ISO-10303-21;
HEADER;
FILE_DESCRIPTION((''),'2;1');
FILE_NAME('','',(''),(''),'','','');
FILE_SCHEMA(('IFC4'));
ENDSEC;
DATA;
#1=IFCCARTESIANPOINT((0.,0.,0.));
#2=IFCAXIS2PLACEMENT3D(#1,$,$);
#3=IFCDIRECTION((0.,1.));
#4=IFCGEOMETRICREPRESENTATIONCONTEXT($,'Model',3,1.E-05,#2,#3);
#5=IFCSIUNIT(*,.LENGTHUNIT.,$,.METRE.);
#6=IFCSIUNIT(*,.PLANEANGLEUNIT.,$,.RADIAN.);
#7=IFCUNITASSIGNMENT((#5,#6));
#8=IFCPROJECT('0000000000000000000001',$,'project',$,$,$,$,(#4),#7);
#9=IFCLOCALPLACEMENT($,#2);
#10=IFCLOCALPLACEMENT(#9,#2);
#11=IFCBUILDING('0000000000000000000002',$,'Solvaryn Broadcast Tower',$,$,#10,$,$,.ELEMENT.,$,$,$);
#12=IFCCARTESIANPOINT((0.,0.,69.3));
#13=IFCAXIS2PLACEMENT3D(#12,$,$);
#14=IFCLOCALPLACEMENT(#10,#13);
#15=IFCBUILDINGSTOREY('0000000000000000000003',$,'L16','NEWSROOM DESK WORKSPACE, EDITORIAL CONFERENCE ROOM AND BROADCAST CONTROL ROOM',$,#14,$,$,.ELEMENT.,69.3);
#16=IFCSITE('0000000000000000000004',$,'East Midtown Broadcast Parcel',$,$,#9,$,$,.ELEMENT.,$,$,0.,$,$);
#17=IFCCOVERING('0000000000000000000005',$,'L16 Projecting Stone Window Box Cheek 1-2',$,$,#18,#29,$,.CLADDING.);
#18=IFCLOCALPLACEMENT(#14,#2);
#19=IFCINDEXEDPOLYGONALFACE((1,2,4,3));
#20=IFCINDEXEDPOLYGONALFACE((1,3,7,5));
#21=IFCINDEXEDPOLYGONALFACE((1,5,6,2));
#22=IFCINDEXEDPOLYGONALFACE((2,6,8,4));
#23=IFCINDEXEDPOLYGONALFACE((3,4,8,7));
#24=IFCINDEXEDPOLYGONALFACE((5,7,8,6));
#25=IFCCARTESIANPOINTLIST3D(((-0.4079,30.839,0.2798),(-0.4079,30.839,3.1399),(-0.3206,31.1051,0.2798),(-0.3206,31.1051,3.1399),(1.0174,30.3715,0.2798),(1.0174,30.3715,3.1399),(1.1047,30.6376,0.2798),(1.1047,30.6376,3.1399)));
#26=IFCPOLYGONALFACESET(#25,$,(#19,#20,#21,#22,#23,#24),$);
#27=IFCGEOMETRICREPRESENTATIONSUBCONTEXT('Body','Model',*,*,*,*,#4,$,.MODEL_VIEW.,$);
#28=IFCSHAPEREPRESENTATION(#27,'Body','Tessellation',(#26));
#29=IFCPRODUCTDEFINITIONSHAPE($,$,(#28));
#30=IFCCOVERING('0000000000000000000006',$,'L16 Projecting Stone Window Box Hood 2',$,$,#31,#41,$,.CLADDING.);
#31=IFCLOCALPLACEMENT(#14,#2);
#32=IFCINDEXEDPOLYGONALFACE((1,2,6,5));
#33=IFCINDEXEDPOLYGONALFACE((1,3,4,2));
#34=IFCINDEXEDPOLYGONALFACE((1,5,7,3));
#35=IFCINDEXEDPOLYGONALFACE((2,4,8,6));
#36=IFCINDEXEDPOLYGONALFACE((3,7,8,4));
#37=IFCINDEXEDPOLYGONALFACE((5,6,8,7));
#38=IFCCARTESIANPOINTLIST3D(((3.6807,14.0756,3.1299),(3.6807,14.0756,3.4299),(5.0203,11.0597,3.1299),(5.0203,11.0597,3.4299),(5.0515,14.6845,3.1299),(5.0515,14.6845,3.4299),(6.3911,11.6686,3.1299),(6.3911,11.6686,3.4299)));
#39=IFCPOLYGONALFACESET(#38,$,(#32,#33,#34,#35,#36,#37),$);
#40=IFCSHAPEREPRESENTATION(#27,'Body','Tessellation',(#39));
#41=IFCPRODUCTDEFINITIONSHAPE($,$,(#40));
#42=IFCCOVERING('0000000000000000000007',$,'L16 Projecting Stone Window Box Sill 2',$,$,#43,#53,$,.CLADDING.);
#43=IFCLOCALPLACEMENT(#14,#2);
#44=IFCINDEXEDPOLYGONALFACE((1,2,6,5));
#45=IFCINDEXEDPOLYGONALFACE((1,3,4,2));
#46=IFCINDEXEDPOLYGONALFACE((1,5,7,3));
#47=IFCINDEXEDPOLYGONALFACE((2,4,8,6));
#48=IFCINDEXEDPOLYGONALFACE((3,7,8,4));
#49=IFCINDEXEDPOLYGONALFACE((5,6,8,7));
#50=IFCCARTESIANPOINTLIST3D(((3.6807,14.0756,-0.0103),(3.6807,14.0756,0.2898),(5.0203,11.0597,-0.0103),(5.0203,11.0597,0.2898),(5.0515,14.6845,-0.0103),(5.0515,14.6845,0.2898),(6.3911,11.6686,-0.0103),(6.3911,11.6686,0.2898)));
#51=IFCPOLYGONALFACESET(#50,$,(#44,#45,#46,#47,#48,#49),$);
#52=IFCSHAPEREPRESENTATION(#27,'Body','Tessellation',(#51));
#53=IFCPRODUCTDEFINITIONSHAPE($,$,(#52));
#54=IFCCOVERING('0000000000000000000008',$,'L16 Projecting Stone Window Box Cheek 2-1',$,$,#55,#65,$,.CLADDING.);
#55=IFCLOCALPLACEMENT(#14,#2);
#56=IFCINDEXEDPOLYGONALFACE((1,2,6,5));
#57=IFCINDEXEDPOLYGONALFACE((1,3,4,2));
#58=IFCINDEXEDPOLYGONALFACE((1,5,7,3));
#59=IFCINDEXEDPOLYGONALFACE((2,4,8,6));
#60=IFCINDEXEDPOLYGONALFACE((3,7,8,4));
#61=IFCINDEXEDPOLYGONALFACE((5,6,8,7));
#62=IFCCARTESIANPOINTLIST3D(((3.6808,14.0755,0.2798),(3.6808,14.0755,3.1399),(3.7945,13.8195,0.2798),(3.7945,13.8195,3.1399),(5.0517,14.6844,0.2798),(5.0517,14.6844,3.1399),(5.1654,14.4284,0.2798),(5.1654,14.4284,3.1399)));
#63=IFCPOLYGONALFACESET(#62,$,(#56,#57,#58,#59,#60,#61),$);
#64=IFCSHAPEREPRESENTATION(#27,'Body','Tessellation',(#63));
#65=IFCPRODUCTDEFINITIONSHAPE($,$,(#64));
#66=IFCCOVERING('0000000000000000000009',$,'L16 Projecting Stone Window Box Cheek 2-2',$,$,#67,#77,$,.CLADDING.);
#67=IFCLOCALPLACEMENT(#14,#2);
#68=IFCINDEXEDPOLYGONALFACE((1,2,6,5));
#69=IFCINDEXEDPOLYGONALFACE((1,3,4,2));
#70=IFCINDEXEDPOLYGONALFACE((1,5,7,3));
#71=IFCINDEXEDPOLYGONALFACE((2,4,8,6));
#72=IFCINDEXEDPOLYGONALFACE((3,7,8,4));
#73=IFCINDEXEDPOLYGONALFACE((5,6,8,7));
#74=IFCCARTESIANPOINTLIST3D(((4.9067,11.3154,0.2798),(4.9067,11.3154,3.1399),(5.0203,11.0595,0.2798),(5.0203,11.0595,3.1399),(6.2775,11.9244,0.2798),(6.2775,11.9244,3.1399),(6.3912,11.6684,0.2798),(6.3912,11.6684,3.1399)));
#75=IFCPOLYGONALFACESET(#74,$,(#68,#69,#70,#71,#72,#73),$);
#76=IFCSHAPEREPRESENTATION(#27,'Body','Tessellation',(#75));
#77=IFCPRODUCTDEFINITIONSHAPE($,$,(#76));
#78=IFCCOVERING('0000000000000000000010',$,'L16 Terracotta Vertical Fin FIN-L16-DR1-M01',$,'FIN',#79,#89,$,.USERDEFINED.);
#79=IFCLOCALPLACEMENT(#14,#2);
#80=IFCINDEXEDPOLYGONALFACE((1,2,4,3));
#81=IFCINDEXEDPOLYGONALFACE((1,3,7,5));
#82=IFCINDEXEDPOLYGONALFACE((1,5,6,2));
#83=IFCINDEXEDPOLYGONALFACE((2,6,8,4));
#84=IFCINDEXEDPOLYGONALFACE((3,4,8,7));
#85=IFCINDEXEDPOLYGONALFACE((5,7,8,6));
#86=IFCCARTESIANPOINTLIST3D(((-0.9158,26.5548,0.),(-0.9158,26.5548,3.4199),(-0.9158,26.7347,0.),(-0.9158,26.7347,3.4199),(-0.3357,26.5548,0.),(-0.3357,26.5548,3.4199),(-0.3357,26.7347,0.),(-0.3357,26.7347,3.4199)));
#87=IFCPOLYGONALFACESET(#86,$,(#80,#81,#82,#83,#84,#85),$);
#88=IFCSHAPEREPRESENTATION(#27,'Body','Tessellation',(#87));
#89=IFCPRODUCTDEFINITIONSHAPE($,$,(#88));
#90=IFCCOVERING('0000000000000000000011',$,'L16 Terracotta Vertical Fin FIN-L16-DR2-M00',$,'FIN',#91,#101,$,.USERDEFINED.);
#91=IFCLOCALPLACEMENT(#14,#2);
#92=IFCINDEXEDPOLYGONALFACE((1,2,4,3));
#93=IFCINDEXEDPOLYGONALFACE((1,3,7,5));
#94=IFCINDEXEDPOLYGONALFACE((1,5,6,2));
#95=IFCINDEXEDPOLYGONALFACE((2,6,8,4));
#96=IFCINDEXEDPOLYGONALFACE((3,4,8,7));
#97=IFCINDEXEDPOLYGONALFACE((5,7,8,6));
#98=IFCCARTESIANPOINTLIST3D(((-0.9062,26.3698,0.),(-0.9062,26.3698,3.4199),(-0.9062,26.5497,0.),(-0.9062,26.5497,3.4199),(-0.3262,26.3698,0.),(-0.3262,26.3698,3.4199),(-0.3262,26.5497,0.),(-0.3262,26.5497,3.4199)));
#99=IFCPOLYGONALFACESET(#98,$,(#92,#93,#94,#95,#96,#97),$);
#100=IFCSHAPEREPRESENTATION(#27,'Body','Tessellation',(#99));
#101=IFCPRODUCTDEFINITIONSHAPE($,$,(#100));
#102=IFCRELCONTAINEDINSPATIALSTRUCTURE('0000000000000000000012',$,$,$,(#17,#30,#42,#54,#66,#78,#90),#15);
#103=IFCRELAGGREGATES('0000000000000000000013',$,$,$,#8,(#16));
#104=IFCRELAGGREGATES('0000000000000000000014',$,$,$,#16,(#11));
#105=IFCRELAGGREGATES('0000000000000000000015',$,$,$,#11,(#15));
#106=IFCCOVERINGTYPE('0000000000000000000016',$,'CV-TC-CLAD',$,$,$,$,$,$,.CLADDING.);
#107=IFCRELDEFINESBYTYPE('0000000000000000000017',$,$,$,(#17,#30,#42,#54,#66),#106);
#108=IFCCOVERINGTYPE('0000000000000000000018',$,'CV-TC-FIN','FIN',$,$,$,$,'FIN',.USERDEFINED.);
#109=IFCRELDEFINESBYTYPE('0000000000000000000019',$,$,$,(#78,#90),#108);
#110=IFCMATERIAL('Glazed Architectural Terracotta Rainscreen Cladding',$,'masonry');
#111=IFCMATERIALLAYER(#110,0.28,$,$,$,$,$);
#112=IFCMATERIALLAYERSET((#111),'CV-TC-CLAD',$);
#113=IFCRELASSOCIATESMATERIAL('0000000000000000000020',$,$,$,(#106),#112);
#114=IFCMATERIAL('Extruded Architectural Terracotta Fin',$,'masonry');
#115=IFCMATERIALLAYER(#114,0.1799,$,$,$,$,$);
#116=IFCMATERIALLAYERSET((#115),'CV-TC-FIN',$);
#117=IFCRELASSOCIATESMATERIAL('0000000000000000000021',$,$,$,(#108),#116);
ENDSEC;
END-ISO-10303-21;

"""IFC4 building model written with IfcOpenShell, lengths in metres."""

from ifc_helpers import new_model, si_unit, direction, frame, origin, origin_2d, place, context, subcontext, project, spatial, rectangle, extrude, material, layer, layer_set, type_object, element, save


model = new_model("IFC4")

# Units and contexts
model_context = context("Model", 3, precision=1e-05, world=origin(), true_north=direction((0.0, 1.0)))
body_context = subcontext(model_context, "Body", "Model", "MODEL_VIEW")
ifc_project = project(units=[si_unit("LENGTHUNIT", "METRE"), si_unit("PLANEANGLEUNIT", "RADIAN")], contexts=[model_context])

# Site, building, storey
site_placement = place(None, origin())
site = spatial("IfcSite", under=ifc_project, at=site_placement, Name="East Midtown Broadcast Parcel", CompositionType="ELEMENT", RefElevation=0.0)
building_placement = place(site_placement, origin())
building = spatial("IfcBuilding", under=site, at=building_placement, Name="Solvaryn Broadcast Tower", CompositionType="ELEMENT")
storey_placement = place(building_placement, frame((0.0, 0.0, 69.3)))
storey = spatial("IfcBuildingStorey", under=building, at=storey_placement, Name="L16", Description="NEWSROOM DESK WORKSPACE, EDITORIAL CONFERENCE ROOM AND BROADCAST CONTROL ROOM", CompositionType="ELEMENT", Elevation=69.3)

# Coverings
ifc_material_1 = material(Name="Glazed Architectural Terracotta Rainscreen Cladding", Category="masonry")
ifc_layer_1 = layer(ifc_material_1, 0.28)
ifc_layer_set_1 = layer_set([ifc_layer_1], Name="CV-TC-CLAD")
covering_type_1 = type_object("IfcCoveringType", Name="CV-TC-CLAD", PredefinedType="CLADDING", material=ifc_layer_set_1)
covering_placement = place(storey_placement, frame((0.3484, 30.7383, 0.2798), z_axis=(0.0, 0.0, 1.0), x_axis=(-0.311672, -0.95019, 0.0)))
element("IfcCovering", 1, at=covering_placement, inside=storey, type_object=covering_type_1, Name="L16 Projecting Stone Window Box Cheek 1-2", PredefinedType="CLADDING", context=body_context, shape_type="SweptSolid", body=[
    extrude(rectangle(XDim=0.28, YDim=1.5, at=origin_2d()), origin(), (0.0, 0.0, 1.0), 2.8601),
])
for number, where, z_axis, x_axis, name in (
    (2, (5.0359, 12.8721, 3.1299), (0.0, 0.0, 1.0), (0.405939, -0.9139, 0.0), "L16 Projecting Stone Window Box Hood 2"),
    (3, (5.0359, 12.8721, -0.0103), (0.0, 0.0, 1.0), (0.405939, -0.9139, 0.0), "L16 Projecting Stone Window Box Sill 2"),
):
    element("IfcCovering", number, at=place(storey_placement, frame(where, z_axis=z_axis, x_axis=x_axis)), inside=storey, type_object=covering_type_1, Name=name, PredefinedType="CLADDING", context=body_context, shape_type="SweptSolid", body=[
        extrude(rectangle(XDim=3.3, YDim=1.5, at=origin_2d()), origin(), (0.0, 0.0, 1.0), 0.3),
    ])
for number, where, z_axis, x_axis, name in (
    (4, (4.4231, 14.252, 0.2798), (0.0, 0.0, 1.0), (0.405939, -0.9139, 0.0), "L16 Projecting Stone Window Box Cheek 2-1"),
    (5, (5.6489, 11.4919, 0.2798), (0.0, 0.0, 1.0), (0.405939, -0.9139, 0.0), "L16 Projecting Stone Window Box Cheek 2-2"),
):
    element("IfcCovering", number, at=place(storey_placement, frame(where, z_axis=z_axis, x_axis=x_axis)), inside=storey, type_object=covering_type_1, Name=name, PredefinedType="CLADDING", context=body_context, shape_type="SweptSolid", body=[
        extrude(rectangle(XDim=0.28, YDim=1.5, at=origin_2d()), origin(), (0.0, 0.0, 1.0), 2.8601),
    ])
ifc_material_2 = material(Name="Extruded Architectural Terracotta Fin", Category="masonry")
ifc_layer_2 = layer(ifc_material_2, 0.1799)
ifc_layer_set_2 = layer_set([ifc_layer_2], Name="CV-TC-FIN")
covering_type_2 = type_object("IfcCoveringType", Name="CV-TC-FIN", Description="FIN", ElementType="FIN", PredefinedType="USERDEFINED", material=ifc_layer_set_2)
for number, where, z_axis, x_axis, name in (
    (6, (-0.6257, 26.6448, 0.0), (0.0, 0.0, 1.0), (1.0, 0.0, 0.0), "L16 Terracotta Vertical Fin FIN-L16-DR1-M01"),
    (7, (-0.6162, 26.4597, 0.0), (0.0, 0.0, 1.0), (1.0, 0.0, 0.0), "L16 Terracotta Vertical Fin FIN-L16-DR2-M00"),
):
    element("IfcCovering", number, at=place(storey_placement, frame(where, z_axis=z_axis, x_axis=x_axis)), inside=storey, type_object=covering_type_2, Name=name, ObjectType="FIN", PredefinedType="USERDEFINED", context=body_context, shape_type="SweptSolid", body=[
        extrude(rectangle(XDim=0.5801, YDim=0.1799, at=origin_2d()), origin(), (0.0, 0.0, 1.0), 3.4199),
    ])

save(model, "model.ifc")
